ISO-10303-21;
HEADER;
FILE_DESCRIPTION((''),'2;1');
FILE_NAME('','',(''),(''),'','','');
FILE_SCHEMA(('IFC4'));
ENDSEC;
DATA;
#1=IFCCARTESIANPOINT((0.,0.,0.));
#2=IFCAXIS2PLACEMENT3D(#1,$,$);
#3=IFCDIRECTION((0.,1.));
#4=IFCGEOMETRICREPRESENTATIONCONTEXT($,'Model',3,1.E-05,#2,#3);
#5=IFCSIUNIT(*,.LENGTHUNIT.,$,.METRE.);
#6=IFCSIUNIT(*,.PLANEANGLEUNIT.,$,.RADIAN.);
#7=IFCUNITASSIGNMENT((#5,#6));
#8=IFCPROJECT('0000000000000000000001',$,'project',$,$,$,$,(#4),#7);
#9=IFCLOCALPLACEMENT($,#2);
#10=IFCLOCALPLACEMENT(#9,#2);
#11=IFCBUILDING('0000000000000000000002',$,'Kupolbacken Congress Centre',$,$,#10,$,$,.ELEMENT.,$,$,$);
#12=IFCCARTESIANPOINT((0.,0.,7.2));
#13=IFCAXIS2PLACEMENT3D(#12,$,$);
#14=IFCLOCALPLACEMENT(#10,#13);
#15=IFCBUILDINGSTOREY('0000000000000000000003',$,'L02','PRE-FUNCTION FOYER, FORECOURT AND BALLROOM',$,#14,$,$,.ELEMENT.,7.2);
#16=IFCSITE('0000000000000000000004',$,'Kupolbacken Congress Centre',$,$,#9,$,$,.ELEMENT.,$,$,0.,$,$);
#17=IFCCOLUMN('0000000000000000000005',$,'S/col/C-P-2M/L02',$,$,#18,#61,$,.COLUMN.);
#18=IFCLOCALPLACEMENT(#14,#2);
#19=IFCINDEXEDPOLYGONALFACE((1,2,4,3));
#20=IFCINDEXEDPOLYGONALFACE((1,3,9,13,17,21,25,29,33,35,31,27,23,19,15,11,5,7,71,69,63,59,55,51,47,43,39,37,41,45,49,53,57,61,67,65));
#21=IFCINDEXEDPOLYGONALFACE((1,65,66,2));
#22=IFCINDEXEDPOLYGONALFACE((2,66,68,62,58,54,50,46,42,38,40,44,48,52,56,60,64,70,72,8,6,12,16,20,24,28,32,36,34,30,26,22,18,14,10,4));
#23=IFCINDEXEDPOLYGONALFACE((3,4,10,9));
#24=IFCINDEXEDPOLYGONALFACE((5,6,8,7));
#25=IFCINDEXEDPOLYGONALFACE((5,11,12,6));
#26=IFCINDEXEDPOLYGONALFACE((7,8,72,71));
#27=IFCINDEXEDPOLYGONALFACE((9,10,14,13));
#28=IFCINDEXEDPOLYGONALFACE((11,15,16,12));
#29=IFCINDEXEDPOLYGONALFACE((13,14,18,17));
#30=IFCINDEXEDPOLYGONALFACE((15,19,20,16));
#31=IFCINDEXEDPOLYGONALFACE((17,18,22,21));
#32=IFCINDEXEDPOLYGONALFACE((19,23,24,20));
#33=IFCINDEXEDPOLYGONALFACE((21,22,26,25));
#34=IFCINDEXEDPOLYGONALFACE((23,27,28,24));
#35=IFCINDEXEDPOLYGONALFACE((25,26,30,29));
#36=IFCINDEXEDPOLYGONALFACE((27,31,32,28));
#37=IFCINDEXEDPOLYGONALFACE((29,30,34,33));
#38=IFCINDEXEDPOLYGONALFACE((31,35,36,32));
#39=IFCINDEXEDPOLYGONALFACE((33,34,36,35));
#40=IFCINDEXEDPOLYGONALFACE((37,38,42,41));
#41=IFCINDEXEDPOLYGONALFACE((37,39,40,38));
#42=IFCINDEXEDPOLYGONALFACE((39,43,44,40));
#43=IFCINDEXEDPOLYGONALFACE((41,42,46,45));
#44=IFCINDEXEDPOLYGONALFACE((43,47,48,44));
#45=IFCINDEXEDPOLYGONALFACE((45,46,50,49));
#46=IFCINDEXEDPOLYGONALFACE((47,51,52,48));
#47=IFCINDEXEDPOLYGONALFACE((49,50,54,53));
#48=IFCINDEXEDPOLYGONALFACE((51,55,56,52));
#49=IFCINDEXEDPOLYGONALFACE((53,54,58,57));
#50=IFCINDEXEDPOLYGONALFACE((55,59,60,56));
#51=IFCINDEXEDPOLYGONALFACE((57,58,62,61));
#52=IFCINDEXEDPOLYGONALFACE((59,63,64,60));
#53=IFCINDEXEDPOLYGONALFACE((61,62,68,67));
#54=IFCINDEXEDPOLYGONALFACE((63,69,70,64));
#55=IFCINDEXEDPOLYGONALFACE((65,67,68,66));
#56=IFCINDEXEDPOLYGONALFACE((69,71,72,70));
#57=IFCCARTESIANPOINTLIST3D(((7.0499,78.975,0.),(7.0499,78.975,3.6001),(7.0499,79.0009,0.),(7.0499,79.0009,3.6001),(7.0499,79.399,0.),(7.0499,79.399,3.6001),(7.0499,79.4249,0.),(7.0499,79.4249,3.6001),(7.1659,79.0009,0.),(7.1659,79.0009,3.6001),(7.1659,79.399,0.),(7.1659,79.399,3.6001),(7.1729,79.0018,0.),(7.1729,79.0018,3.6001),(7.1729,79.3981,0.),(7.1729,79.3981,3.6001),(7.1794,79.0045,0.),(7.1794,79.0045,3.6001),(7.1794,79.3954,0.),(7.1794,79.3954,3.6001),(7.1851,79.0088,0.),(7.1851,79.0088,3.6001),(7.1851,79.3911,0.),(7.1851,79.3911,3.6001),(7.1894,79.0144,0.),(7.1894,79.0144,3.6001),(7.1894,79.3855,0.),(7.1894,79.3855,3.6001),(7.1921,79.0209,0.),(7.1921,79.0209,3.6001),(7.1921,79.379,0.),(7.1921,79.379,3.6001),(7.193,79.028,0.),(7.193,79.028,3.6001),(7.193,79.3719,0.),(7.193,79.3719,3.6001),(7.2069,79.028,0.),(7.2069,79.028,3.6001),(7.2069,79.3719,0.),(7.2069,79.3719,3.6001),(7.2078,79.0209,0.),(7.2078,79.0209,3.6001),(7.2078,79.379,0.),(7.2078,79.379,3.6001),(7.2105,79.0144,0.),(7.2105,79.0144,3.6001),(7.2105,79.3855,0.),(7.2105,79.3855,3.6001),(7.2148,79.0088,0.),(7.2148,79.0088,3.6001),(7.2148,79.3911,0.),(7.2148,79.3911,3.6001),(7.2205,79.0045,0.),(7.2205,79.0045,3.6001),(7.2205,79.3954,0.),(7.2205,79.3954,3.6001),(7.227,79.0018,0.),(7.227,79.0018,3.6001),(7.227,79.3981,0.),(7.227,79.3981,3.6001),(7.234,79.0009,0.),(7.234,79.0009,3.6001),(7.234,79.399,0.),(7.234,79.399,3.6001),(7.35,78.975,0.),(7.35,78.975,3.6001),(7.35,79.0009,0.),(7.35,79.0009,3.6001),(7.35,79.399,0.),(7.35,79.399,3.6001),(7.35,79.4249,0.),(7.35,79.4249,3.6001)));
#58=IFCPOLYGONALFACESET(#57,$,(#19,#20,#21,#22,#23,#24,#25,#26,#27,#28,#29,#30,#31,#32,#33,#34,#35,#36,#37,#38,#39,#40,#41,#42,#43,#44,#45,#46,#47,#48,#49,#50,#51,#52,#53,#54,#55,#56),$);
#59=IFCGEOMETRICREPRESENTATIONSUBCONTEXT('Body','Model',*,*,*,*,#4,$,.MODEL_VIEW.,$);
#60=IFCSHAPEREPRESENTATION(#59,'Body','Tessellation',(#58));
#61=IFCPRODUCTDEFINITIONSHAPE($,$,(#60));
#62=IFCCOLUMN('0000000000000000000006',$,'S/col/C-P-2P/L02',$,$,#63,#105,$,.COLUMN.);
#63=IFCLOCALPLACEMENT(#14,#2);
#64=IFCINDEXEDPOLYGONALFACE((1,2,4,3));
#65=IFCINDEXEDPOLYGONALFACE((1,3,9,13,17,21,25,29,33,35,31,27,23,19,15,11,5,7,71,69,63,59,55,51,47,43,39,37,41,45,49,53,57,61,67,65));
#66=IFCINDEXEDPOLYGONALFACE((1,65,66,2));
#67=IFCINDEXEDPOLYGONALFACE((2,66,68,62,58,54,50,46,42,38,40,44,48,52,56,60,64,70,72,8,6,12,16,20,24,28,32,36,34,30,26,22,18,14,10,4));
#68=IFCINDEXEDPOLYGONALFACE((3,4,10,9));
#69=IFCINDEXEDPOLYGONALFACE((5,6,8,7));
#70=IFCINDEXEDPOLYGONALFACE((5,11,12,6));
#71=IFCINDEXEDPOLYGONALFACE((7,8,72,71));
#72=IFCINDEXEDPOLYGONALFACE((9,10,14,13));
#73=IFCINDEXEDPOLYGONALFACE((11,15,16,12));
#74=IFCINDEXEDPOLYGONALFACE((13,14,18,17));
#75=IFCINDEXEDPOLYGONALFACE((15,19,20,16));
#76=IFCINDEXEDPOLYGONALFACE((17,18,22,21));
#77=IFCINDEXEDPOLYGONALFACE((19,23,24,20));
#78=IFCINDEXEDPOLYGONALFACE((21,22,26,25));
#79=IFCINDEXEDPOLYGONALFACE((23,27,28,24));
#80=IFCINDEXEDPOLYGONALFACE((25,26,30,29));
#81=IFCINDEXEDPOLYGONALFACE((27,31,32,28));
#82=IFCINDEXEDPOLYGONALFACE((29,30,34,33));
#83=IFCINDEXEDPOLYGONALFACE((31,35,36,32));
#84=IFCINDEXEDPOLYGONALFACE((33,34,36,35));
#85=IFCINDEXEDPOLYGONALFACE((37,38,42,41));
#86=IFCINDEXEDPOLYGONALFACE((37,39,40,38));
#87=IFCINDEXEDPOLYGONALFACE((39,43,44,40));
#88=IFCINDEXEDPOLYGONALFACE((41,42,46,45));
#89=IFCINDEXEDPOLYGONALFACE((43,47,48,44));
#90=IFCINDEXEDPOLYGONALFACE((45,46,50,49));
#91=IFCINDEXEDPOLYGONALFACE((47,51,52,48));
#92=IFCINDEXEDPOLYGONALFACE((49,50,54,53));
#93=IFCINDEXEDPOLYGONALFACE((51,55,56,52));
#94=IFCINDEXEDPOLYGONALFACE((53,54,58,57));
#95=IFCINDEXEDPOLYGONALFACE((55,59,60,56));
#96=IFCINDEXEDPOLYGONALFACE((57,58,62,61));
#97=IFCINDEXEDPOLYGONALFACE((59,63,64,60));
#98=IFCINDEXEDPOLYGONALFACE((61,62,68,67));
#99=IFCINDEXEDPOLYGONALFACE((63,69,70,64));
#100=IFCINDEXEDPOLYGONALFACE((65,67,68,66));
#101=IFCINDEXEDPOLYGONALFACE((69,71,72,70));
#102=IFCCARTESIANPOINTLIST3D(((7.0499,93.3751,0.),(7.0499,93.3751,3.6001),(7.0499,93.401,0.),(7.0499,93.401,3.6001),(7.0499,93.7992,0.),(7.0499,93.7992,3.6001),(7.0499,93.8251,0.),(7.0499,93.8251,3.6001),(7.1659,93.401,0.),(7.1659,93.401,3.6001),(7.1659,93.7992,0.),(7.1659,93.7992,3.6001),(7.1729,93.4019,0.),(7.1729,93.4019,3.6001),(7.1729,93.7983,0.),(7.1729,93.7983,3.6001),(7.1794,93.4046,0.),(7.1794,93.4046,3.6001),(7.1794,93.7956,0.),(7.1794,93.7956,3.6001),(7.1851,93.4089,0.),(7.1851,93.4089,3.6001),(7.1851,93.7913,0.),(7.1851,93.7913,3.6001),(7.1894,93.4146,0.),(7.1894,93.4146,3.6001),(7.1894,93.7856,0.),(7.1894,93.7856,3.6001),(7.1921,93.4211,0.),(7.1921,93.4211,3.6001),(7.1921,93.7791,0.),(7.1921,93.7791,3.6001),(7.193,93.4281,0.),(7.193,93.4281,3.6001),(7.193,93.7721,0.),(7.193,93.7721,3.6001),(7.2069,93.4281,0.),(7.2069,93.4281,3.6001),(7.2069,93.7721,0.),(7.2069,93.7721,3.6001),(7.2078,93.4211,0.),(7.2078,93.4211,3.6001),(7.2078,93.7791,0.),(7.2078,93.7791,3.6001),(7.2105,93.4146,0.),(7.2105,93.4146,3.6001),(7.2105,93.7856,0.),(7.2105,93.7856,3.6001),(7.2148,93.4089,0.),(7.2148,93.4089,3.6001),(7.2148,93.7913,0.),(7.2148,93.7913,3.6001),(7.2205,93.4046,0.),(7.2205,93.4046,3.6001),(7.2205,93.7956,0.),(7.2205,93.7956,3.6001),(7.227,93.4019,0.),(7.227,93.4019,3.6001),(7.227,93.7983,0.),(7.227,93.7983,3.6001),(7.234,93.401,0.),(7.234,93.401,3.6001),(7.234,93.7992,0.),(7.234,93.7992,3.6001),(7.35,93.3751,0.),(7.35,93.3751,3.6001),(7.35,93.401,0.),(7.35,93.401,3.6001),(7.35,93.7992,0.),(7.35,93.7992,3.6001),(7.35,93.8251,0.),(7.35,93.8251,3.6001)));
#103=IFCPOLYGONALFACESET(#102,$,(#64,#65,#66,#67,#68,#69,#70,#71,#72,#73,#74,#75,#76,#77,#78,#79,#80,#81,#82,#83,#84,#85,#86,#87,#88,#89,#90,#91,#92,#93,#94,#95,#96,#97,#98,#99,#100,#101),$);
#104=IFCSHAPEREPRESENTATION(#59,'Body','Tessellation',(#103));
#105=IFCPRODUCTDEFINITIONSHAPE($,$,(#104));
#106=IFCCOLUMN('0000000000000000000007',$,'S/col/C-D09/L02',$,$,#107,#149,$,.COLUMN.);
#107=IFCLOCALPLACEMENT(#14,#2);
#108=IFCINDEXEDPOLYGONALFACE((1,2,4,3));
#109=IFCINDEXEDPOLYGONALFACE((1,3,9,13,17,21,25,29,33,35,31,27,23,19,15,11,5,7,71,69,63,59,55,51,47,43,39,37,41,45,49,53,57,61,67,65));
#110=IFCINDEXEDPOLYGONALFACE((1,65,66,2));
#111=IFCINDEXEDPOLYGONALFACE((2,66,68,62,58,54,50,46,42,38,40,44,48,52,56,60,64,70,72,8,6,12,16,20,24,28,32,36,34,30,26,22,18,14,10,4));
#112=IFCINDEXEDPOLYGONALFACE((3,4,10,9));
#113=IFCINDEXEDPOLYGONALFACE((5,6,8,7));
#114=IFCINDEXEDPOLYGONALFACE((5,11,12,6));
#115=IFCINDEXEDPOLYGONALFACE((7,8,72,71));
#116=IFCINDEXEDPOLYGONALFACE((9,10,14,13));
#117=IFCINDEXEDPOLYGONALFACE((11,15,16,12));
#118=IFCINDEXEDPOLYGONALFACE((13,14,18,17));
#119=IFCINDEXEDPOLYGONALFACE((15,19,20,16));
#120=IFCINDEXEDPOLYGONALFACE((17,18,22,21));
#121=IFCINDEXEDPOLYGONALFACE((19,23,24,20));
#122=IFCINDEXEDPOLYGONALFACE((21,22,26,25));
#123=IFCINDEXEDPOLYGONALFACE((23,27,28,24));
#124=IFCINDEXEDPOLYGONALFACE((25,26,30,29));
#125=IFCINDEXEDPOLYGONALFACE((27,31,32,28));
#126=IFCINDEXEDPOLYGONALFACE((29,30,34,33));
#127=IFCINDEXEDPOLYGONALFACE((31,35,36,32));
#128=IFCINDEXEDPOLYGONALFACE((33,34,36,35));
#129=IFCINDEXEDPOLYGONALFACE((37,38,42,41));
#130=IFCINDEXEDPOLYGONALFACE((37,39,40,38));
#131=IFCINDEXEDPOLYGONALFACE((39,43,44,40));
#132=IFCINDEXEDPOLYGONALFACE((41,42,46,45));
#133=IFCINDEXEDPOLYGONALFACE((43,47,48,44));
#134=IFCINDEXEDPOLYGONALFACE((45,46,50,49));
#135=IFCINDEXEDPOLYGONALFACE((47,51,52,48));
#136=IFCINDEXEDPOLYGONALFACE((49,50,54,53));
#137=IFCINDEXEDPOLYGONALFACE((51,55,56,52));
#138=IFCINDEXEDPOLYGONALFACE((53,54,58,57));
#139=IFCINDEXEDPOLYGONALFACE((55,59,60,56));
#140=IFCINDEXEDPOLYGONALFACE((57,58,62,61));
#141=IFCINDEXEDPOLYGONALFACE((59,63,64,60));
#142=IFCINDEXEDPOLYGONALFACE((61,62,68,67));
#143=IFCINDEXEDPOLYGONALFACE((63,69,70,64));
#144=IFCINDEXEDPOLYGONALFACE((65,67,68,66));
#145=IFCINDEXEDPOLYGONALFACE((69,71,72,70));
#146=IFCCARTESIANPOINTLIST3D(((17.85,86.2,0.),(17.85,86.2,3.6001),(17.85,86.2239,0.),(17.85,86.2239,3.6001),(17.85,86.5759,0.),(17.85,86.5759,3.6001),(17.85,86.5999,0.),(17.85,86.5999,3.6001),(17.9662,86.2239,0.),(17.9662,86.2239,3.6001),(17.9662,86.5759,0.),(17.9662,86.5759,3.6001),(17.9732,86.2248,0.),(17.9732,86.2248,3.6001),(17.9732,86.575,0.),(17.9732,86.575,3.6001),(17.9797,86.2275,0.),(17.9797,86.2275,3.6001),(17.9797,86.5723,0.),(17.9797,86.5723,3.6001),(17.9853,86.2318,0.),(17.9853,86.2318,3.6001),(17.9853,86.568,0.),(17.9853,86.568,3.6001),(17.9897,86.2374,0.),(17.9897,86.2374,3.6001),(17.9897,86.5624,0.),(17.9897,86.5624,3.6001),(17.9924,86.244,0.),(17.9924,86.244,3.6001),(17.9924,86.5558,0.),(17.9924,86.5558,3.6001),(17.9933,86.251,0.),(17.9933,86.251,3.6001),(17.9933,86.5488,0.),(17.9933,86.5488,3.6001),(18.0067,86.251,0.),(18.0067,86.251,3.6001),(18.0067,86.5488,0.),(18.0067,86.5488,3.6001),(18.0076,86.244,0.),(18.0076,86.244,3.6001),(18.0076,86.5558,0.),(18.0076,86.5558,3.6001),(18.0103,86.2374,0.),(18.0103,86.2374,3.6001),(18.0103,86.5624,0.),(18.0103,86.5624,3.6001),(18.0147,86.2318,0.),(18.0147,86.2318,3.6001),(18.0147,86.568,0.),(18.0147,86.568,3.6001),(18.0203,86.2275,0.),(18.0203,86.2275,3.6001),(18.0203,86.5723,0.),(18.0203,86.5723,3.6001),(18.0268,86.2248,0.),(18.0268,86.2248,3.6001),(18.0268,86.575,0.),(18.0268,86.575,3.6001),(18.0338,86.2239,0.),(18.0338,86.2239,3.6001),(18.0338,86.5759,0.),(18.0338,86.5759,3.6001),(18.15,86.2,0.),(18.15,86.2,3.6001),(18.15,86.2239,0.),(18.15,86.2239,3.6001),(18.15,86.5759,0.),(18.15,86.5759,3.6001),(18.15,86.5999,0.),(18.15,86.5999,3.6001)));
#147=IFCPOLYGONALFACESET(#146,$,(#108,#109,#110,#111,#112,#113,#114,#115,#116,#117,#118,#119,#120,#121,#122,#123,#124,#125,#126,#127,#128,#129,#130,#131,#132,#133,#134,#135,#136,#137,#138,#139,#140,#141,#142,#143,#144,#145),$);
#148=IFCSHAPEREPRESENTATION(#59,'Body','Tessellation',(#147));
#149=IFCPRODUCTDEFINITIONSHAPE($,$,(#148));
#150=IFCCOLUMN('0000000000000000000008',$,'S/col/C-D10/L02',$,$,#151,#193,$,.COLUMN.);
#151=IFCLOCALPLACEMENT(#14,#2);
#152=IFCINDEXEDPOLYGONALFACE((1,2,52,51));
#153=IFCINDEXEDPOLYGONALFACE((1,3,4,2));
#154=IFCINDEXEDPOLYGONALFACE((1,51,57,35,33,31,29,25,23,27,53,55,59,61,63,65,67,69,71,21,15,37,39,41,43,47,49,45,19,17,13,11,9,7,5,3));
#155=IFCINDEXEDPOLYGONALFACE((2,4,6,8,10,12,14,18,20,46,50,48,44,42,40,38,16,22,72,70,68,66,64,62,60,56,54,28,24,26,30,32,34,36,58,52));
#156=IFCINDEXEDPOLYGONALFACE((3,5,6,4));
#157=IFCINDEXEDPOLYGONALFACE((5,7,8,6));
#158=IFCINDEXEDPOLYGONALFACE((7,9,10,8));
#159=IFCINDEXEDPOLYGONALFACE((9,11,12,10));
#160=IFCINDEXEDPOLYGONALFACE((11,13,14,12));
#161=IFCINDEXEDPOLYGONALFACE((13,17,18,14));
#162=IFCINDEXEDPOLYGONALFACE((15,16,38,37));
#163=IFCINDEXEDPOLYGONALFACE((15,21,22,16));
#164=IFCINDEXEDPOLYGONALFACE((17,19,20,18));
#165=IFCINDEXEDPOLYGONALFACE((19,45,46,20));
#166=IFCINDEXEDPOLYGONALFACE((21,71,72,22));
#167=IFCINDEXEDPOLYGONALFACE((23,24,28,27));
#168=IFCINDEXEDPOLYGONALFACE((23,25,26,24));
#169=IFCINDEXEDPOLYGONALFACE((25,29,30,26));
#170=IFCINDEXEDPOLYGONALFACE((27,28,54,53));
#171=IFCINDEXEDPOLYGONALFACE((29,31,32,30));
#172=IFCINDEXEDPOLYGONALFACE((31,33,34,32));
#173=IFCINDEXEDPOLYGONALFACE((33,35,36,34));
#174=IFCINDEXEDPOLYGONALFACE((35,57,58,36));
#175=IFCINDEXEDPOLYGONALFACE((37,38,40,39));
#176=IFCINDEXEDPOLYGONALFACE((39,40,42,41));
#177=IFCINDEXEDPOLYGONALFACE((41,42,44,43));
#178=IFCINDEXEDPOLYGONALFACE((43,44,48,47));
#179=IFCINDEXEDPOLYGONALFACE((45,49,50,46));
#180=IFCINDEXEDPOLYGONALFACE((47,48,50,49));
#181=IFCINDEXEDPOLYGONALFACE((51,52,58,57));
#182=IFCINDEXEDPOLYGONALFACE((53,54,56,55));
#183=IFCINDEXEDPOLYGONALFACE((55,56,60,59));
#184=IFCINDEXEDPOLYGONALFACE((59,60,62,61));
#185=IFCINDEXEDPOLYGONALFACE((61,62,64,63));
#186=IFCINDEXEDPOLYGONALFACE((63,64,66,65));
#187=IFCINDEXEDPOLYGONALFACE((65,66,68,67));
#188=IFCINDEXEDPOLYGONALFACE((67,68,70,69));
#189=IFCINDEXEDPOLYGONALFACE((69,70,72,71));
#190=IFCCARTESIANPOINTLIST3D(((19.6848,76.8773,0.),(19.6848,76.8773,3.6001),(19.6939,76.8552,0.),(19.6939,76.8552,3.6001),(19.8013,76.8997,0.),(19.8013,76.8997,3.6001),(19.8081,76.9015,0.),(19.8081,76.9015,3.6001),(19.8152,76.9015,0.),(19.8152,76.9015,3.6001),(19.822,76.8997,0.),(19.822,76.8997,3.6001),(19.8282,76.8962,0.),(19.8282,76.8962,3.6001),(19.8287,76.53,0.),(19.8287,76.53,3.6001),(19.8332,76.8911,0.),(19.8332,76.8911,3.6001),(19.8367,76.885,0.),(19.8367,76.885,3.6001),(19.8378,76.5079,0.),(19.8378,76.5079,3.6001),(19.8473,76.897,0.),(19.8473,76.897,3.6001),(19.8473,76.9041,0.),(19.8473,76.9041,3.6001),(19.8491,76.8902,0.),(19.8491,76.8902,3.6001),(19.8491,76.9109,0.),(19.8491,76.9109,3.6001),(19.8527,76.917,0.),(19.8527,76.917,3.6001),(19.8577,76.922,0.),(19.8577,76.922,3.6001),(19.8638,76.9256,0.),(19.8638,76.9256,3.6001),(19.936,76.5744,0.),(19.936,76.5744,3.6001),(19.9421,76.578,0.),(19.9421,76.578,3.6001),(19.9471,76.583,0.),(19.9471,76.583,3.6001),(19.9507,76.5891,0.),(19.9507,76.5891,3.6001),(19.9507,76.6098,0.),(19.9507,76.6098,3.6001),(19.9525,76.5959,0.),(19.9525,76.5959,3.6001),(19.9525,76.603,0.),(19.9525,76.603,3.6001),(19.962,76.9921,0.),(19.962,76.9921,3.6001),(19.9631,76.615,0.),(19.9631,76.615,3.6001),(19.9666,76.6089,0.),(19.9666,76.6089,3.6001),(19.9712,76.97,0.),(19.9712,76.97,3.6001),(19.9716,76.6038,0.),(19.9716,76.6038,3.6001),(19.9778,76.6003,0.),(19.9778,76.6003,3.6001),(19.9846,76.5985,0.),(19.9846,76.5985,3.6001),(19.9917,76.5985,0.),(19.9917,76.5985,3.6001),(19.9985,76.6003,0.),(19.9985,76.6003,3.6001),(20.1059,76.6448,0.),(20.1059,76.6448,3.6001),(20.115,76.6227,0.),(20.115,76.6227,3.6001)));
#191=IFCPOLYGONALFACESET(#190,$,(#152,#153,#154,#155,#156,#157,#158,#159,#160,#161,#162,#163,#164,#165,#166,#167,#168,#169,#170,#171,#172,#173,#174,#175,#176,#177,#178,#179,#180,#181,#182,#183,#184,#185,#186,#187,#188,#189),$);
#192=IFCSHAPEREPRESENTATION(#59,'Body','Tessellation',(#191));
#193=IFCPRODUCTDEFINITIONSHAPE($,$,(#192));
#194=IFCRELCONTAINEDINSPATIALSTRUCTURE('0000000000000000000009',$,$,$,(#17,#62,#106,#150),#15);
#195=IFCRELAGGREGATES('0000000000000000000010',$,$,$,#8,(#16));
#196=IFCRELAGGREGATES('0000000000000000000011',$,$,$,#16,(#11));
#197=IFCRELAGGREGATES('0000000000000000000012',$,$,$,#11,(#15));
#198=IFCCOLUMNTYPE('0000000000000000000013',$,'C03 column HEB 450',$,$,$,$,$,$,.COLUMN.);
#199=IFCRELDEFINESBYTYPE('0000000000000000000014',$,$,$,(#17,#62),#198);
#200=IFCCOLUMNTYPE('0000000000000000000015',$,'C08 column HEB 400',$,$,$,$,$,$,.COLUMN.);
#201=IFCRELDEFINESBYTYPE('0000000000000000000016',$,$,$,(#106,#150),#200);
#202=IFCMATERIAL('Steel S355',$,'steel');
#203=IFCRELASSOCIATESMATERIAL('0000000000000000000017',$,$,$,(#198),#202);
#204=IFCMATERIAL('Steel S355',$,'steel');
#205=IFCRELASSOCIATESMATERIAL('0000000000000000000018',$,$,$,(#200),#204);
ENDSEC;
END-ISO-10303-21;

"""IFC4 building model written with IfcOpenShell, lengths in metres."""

from ifc_helpers import new_model, si_unit, direction, frame, origin, origin_2d, place, context, subcontext, project, spatial, i_section, extrude, material, material_profile, profile_set, type_object, element, save


model = new_model("IFC4")

# Units and contexts
model_context = context("Model", 3, precision=1e-05, world=origin(), true_north=direction((0.0, 1.0)))
body_context = subcontext(model_context, "Body", "Model", "MODEL_VIEW")
ifc_project = project(units=[si_unit("LENGTHUNIT", "METRE"), si_unit("PLANEANGLEUNIT", "RADIAN")], contexts=[model_context])

# Site, building, storey
site_placement = place(None, origin())
site = spatial("IfcSite", under=ifc_project, at=site_placement, Name="Kupolbacken Congress Centre", CompositionType="ELEMENT", RefElevation=0.0)
building_placement = place(site_placement, origin())
building = spatial("IfcBuilding", under=site, at=building_placement, Name="Kupolbacken Congress Centre", CompositionType="ELEMENT")
storey_placement = place(building_placement, frame((0.0, 0.0, 7.2)))
storey = spatial("IfcBuildingStorey", under=building, at=storey_placement, Name="L02", Description="PRE-FUNCTION FOYER, FORECOURT AND BALLROOM", CompositionType="ELEMENT", Elevation=7.2)

# Columns
ifc_material_1 = material(Name="Steel S355", Category="steel")
ifc_material_profile_1 = material_profile(ifc_material_1, i_section(OverallWidth=0.3, OverallDepth=0.45, WebThickness=0.0139, FlangeThickness=0.0259, FilletRadius=0.0271, at=origin_2d()), Name="HEB 450")
ifc_profile_set_1 = profile_set([ifc_material_profile_1], Name="Steel S355")
column_type_1 = type_object("IfcColumnType", Name="C03 column HEB 450", PredefinedType="COLUMN", material=ifc_profile_set_1)
for number, where, z_axis, x_axis, name in (
    (1, (7.2, 79.2, 0.0), (0.0, 0.0, 1.0), (1.0, 0.0, 0.0), "S/col/C-P-2M/L02"),
    (2, (7.2, 93.6001, 0.0), (0.0, 0.0, 1.0), (1.0, 0.0, 0.0), "S/col/C-P-2P/L02"),
):
    element("IfcColumn", number, at=place(storey_placement, frame(where, z_axis=z_axis, x_axis=x_axis)), inside=storey, type_object=column_type_1, Name=name, PredefinedType="COLUMN", context=body_context, shape_type="SweptSolid", body=[
        extrude(i_section(OverallWidth=0.3, OverallDepth=0.45, WebThickness=0.0139, FlangeThickness=0.0259, FilletRadius=0.0271, at=origin_2d()), origin(), (0.0, 0.0, 1.0), 3.6001),
    ])
ifc_material_2 = material(Name="Steel S355", Category="steel")
ifc_material_profile_2 = material_profile(ifc_material_2, i_section(OverallWidth=0.3, OverallDepth=0.3999, WebThickness=0.0134, FlangeThickness=0.0239, FilletRadius=0.0271, at=origin_2d()), Name="HEB 400")
ifc_profile_set_2 = profile_set([ifc_material_profile_2], Name="Steel S355")
column_type_2 = type_object("IfcColumnType", Name="C08 column HEB 400", PredefinedType="COLUMN", material=ifc_profile_set_2)
for number, where, z_axis, x_axis, name in (
    (3, (18.0, 86.3999, 0.0), (0.0, 0.0, 1.0), (-1.0, 0.0, 0.0), "S/col/C-D09/L02"),
    (4, (19.8999, 76.75, 0.0), (0.0, 0.0, 1.0), (-0.923896, -0.382644, 0.0), "S/col/C-D10/L02"),
):
    element("IfcColumn", number, at=place(storey_placement, frame(where, z_axis=z_axis, x_axis=x_axis)), inside=storey, type_object=column_type_2, Name=name, PredefinedType="COLUMN", context=body_context, shape_type="SweptSolid", body=[
        extrude(i_section(OverallWidth=0.3, OverallDepth=0.3999, WebThickness=0.0134, FlangeThickness=0.0239, FilletRadius=0.0271, at=origin_2d()), origin(), (0.0, 0.0, 1.0), 3.6001),
    ])

save(model, "model.ifc")
